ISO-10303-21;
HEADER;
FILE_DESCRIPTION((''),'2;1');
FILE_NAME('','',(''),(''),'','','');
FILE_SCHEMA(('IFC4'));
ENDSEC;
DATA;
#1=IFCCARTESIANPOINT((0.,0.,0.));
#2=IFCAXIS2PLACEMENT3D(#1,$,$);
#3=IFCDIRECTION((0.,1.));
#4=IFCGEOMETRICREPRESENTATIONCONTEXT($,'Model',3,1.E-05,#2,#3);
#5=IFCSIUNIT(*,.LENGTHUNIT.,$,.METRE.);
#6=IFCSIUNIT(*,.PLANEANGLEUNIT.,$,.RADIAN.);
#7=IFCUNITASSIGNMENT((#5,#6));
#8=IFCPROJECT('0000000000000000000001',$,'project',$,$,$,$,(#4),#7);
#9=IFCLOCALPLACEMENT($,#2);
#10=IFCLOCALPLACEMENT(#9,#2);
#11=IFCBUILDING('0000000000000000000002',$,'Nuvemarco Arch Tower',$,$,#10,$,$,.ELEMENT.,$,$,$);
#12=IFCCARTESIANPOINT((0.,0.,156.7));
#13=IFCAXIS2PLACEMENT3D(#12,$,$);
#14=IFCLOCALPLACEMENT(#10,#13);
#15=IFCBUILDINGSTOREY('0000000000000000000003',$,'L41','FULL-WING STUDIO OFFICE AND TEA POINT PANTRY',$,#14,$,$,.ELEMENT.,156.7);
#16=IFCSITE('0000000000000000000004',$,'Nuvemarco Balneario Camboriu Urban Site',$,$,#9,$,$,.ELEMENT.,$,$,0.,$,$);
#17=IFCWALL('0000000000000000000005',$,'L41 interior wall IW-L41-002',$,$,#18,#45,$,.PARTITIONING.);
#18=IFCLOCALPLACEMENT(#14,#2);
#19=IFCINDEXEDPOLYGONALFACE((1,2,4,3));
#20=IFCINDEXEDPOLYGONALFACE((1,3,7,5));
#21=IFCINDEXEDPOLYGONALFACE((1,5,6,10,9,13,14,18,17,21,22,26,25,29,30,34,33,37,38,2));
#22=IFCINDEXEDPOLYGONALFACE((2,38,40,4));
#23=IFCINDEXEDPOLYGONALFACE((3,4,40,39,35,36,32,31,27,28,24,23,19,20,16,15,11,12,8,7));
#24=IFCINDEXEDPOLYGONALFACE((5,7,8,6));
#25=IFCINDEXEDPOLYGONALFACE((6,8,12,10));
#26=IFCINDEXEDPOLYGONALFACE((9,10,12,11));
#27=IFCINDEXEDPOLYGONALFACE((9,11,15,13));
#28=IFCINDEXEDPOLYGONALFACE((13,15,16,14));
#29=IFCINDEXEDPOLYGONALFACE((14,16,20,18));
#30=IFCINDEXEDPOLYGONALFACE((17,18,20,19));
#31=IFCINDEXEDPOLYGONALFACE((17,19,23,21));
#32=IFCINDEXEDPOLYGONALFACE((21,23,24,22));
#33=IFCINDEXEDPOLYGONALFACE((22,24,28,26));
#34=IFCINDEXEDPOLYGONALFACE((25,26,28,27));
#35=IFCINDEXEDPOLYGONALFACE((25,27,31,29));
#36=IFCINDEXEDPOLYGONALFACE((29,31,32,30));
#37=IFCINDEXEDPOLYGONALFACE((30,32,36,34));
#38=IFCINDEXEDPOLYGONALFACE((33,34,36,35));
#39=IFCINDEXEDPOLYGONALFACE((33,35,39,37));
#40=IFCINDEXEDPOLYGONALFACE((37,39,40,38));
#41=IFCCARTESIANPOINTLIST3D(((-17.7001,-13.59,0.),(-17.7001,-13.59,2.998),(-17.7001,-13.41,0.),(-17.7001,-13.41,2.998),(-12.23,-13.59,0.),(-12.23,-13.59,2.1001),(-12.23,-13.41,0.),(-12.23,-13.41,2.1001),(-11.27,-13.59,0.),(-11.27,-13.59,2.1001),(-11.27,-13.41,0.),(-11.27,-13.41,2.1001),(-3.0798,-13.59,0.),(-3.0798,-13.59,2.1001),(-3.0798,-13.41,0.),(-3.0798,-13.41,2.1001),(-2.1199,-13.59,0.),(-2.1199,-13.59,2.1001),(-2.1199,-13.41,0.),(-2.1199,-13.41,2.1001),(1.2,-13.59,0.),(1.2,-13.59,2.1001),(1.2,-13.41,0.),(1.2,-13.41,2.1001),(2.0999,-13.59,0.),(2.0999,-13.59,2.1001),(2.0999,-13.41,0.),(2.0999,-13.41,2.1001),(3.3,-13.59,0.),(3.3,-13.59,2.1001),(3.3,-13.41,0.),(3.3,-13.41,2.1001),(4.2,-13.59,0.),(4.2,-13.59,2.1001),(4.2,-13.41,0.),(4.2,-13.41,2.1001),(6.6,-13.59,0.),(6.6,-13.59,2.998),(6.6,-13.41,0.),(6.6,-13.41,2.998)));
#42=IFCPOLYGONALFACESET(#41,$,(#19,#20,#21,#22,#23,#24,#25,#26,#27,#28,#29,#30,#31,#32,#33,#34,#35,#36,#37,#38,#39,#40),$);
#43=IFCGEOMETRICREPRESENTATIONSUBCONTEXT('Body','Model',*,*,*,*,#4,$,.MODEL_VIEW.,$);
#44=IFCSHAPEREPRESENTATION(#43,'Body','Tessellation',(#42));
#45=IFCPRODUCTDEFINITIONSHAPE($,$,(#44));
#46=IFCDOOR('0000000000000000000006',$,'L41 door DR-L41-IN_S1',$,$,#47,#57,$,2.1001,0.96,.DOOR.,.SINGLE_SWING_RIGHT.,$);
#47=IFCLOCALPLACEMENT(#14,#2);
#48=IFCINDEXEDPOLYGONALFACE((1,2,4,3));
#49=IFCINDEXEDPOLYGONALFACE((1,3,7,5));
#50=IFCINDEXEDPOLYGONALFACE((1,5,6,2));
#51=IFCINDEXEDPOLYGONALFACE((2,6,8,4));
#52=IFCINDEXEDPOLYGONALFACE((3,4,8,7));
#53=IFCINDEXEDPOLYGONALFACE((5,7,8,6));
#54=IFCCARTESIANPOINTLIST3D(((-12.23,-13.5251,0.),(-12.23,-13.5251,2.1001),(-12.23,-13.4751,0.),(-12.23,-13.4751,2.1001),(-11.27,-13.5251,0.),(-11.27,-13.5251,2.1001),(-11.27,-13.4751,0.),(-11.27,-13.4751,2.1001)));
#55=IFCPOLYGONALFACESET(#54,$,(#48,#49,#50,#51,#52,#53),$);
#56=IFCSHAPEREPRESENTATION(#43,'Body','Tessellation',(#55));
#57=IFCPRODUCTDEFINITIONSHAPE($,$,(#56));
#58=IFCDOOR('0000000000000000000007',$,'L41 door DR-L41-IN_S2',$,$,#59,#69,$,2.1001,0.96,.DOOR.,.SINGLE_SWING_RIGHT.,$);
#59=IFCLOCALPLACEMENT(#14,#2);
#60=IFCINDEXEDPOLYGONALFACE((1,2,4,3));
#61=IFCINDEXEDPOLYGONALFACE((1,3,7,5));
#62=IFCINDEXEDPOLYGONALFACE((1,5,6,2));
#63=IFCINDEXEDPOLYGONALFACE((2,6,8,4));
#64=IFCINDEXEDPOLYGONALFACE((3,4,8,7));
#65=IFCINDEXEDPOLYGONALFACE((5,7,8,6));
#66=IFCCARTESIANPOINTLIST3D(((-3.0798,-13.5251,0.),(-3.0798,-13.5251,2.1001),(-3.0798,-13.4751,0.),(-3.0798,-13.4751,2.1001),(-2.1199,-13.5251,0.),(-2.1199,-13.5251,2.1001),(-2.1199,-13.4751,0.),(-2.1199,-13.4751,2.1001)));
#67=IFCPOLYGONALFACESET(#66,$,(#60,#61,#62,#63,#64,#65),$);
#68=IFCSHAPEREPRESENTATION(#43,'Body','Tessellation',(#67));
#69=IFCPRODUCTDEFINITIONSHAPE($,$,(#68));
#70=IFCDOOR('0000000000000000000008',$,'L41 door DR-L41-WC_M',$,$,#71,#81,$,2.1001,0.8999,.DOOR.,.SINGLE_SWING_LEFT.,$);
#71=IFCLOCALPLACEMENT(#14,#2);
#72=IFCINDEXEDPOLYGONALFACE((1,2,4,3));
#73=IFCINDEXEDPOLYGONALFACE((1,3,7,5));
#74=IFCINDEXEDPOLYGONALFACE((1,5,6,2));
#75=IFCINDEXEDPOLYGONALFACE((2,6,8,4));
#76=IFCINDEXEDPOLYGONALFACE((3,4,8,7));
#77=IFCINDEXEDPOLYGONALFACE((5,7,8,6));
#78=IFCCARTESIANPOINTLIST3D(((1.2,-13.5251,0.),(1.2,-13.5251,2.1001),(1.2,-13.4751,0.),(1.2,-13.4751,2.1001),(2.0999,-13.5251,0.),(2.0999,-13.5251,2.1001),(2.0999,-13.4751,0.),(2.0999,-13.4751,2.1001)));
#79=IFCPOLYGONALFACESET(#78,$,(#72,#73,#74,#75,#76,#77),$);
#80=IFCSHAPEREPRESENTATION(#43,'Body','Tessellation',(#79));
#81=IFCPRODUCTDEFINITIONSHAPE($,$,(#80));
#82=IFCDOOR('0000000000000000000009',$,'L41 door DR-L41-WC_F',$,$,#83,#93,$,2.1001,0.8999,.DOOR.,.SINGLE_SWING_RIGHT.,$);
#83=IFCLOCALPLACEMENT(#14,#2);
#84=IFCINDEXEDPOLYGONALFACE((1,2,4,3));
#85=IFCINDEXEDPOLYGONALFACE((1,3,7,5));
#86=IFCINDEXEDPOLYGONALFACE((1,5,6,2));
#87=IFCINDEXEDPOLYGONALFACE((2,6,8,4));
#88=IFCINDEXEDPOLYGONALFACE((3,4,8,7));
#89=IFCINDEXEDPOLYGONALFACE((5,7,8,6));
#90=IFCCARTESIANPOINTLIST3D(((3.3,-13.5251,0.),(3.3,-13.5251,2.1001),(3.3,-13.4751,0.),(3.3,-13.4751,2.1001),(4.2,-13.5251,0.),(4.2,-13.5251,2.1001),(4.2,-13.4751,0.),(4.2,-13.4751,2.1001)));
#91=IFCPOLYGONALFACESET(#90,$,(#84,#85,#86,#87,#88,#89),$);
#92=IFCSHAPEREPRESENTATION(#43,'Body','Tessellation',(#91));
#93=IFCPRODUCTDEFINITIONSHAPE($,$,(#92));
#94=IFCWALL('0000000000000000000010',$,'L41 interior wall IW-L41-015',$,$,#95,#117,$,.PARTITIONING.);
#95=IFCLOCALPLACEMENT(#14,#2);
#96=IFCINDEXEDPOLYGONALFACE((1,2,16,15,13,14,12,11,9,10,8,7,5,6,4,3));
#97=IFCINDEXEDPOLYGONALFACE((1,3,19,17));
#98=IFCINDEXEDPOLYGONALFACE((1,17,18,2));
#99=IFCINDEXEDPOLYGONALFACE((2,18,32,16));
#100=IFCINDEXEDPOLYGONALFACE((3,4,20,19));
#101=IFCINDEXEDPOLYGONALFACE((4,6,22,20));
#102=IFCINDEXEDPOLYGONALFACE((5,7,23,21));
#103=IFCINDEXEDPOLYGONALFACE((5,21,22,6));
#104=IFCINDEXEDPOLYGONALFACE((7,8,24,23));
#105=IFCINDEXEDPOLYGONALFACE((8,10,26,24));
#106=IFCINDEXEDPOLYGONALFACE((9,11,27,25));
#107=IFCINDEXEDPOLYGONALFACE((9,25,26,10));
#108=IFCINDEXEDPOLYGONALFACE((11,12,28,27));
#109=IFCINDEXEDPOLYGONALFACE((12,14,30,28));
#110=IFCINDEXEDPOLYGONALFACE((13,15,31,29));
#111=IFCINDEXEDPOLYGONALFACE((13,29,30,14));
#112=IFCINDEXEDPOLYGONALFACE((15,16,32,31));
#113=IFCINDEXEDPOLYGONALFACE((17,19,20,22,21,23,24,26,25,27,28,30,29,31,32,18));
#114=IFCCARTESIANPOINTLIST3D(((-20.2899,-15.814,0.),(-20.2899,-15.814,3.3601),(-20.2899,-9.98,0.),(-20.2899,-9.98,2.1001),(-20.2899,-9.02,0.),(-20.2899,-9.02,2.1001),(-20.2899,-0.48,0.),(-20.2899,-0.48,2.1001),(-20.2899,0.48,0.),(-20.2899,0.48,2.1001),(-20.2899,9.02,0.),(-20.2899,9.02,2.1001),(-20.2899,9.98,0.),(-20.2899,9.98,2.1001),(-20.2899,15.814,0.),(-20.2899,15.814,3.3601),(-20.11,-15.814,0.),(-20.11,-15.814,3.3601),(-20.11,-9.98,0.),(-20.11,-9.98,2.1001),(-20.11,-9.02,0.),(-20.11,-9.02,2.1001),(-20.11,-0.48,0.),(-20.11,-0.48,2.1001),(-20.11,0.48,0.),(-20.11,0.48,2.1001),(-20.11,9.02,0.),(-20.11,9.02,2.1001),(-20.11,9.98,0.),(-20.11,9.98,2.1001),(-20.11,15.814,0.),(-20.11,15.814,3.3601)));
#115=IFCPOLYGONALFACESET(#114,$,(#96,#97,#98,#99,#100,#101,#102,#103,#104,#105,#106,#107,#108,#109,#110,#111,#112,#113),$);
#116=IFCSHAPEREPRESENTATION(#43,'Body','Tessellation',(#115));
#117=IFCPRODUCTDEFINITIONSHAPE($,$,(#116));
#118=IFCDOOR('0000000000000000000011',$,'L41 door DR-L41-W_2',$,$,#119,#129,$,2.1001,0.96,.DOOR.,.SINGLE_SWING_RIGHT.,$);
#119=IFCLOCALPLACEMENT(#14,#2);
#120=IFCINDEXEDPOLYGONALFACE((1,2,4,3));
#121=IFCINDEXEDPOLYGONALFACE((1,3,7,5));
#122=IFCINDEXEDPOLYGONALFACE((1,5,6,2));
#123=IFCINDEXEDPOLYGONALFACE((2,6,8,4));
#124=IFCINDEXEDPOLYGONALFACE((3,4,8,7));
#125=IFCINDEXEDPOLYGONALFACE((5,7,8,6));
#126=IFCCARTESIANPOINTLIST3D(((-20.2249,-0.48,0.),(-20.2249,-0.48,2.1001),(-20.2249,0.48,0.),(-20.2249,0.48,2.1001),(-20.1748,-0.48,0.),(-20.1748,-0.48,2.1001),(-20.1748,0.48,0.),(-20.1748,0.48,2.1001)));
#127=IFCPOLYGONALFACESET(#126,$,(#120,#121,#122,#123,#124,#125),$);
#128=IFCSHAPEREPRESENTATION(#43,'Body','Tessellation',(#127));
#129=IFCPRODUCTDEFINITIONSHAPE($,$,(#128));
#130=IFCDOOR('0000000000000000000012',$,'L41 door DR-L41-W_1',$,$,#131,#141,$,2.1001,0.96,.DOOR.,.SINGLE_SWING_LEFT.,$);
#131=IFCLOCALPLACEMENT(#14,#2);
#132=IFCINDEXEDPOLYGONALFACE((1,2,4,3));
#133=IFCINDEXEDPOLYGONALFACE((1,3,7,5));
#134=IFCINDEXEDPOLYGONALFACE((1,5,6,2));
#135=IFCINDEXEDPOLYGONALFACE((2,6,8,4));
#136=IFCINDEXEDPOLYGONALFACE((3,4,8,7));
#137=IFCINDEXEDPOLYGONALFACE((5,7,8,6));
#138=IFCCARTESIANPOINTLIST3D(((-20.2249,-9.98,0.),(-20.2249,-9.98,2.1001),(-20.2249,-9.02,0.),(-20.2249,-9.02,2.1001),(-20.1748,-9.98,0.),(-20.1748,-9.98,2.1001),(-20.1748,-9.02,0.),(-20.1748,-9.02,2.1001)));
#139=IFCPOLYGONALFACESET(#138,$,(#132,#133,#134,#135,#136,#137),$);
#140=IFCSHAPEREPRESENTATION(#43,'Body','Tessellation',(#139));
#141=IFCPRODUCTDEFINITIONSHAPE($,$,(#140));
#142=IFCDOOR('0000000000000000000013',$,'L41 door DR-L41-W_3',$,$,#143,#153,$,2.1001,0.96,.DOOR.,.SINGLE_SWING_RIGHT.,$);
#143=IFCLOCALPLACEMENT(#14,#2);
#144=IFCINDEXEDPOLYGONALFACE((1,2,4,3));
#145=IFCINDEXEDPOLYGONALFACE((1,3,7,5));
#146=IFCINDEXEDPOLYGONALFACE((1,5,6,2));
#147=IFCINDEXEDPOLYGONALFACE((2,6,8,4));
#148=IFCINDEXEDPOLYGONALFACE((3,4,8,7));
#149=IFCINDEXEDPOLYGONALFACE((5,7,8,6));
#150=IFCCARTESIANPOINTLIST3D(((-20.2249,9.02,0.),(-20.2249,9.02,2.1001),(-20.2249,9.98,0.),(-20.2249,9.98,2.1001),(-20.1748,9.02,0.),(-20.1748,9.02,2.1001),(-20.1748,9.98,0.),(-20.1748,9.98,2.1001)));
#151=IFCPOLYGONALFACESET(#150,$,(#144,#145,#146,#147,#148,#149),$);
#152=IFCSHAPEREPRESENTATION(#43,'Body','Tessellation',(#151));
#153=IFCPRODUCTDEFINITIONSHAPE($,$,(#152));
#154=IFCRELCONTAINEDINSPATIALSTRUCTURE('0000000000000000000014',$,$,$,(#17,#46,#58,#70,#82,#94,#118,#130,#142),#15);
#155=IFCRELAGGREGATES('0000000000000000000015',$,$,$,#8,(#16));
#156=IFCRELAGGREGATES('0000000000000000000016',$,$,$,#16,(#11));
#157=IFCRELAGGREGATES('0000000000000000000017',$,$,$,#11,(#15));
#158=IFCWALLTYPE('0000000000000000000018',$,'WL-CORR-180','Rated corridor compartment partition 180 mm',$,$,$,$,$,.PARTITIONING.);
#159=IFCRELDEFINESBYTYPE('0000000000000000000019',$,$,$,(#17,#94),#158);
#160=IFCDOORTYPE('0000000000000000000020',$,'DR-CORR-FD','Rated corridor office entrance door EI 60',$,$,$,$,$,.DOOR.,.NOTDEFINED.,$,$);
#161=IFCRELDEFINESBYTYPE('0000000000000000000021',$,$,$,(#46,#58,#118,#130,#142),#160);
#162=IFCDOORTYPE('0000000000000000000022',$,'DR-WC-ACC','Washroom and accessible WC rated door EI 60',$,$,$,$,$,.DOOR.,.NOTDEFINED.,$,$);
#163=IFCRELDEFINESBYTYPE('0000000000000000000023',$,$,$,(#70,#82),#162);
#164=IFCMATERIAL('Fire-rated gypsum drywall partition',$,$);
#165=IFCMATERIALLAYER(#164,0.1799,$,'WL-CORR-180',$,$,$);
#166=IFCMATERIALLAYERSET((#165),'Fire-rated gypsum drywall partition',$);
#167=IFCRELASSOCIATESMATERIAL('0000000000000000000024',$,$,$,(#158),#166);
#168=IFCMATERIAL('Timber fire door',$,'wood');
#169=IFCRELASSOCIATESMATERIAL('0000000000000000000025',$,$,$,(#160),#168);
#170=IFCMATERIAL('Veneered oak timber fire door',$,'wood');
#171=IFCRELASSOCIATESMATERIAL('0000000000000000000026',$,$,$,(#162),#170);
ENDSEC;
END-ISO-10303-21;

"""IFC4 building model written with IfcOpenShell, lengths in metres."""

from ifc_helpers import new_model, si_unit, direction, frame, frame_2d, origin, place, context, subcontext, project, spatial, rectangle, extrude, source, transform, mapped, material, layer, layer_set, type_object, type_shapes, element, fill, save


model = new_model("IFC4")

# Units and contexts
model_context = context("Model", 3, precision=1e-05, world=origin(), true_north=direction((0.0, 1.0)))
body_context = subcontext(model_context, "Body", "Model", "MODEL_VIEW")
ifc_project = project(units=[si_unit("LENGTHUNIT", "METRE"), si_unit("PLANEANGLEUNIT", "RADIAN")], contexts=[model_context])

# Site, building, storey
site_placement = place(None, origin())
site = spatial("IfcSite", under=ifc_project, at=site_placement, Name="Nuvemarco Balneario Camboriu Urban Site", CompositionType="ELEMENT", RefElevation=0.0)
building_placement = place(site_placement, origin())
building = spatial("IfcBuilding", under=site, at=building_placement, Name="Nuvemarco Arch Tower", CompositionType="ELEMENT")
storey_placement = place(building_placement, frame((0.0, 0.0, 156.7)))
storey = spatial("IfcBuildingStorey", under=building, at=storey_placement, Name="L41", Description="FULL-WING STUDIO OFFICE AND TEA POINT PANTRY", CompositionType="ELEMENT", Elevation=156.7)

# Walls, openings, doors
ifc_material_1 = material(Name="Fire-rated gypsum drywall partition")
ifc_layer = layer(ifc_material_1, 0.1799, Name="WL-CORR-180")
ifc_layer_set = layer_set([ifc_layer], Name="Fire-rated gypsum drywall partition")
wall_type = type_object("IfcWallType", Name="WL-CORR-180", Description="Rated corridor compartment partition 180 mm", PredefinedType="PARTITIONING", material=ifc_layer_set)
ifc_material_2 = material(Name="Timber fire door", Category="wood")
door_type_1 = type_object("IfcDoorType", Name="DR-CORR-FD", Description="Rated corridor office entrance door EI 60", OperationType="NOTDEFINED", PredefinedType="DOOR", material=ifc_material_2)
shared_shape_1 = source(origin(), body_context, "Body", "SweptSolid", [
    extrude(rectangle(XDim=0.96, YDim=2.1001, at=frame_2d((0.48, 1.05))), frame((0.0, 0.0249, 0.0), z_axis=(0.0, -1.0, 0.0), x_axis=(1.0, 0.0, 0.0)), (0.0, 0.0, 1.0), 0.05),
])
type_shapes(door_type_1, [shared_shape_1])
wall_1_placement = place(storey_placement, frame((-17.7, -13.5, 0.0), z_axis=(0.0, 0.0, 1.0), x_axis=(1.0, 0.0, 0.0)))
wall_1 = element("IfcWall", 1, at=wall_1_placement, inside=storey, type_object=wall_type, Name="L41 interior wall IW-L41-002", PredefinedType="PARTITIONING", context=body_context, shape_type="SweptSolid", body=[
    extrude(rectangle(XDim=24.3, YDim=0.1799, at=frame_2d((12.1499, 0.0))), origin(), (0.0, 0.0, 1.0), 2.998),
])
opening_1_placement = place(wall_1_placement, frame((5.47, 0.0, 0.0)))
opening_1 = element("IfcOpeningElement", 2, at=opening_1_placement, cuts=wall_1, PredefinedType="OPENING", context=body_context, shape_type="SweptSolid", body=[
    extrude(rectangle(XDim=0.96, YDim=2.1001, at=frame_2d((0.48, 1.05))), frame((0.0, 0.0999, 0.0), z_axis=(0.0, -1.0, 0.0), x_axis=(1.0, 0.0, 0.0)), (0.0, 0.0, 1.0), 0.2),
])
opening_2_placement = place(wall_1_placement, frame((14.6201, 0.0, 0.0)))
opening_2 = element("IfcOpeningElement", 3, at=opening_2_placement, cuts=wall_1, PredefinedType="OPENING", context=body_context, shape_type="SweptSolid", body=[
    extrude(rectangle(XDim=0.96, YDim=2.1001, at=frame_2d((0.48, 1.05))), frame((0.0, 0.0999, 0.0), z_axis=(0.0, -1.0, 0.0), x_axis=(1.0, 0.0, 0.0)), (0.0, 0.0, 1.0), 0.2),
])
opening_3_placement = place(wall_1_placement, frame((18.8999, 0.0, 0.0)))
opening_3 = element("IfcOpeningElement", 4, at=opening_3_placement, cuts=wall_1, PredefinedType="OPENING", context=body_context, shape_type="SweptSolid", body=[
    extrude(rectangle(XDim=0.8999, YDim=2.1001, at=frame_2d((0.45, 1.05))), frame((0.0, 0.0999, 0.0), z_axis=(0.0, -1.0, 0.0), x_axis=(1.0, 0.0, 0.0)), (0.0, 0.0, 1.0), 0.2),
])
opening_4_placement = place(wall_1_placement, frame((21.0, 0.0, 0.0)))
opening_4 = element("IfcOpeningElement", 5, at=opening_4_placement, cuts=wall_1, PredefinedType="OPENING", context=body_context, shape_type="SweptSolid", body=[
    extrude(rectangle(XDim=0.8999, YDim=2.1001, at=frame_2d((0.45, 1.05))), frame((0.0, 0.0999, 0.0), z_axis=(0.0, -1.0, 0.0), x_axis=(1.0, 0.0, 0.0)), (0.0, 0.0, 1.0), 0.2),
])
door_1_placement = place(opening_1_placement, origin())
door_1 = element("IfcDoor", 6, at=door_1_placement, inside=storey, type_object=door_type_1, Name="L41 door DR-L41-IN_S1", OperationType="SINGLE_SWING_RIGHT", OverallHeight=2.1001, OverallWidth=0.96, PredefinedType="DOOR", context=body_context, shape_type="MappedRepresentation", body=[
    mapped(shared_shape_1, transform((0.0, 0.0, 0.0), scale=1.0)),
])
fill(opening_1, door_1)
door_2_placement = place(opening_2_placement, origin())
door_2 = element("IfcDoor", 7, at=door_2_placement, inside=storey, type_object=door_type_1, Name="L41 door DR-L41-IN_S2", OperationType="SINGLE_SWING_RIGHT", OverallHeight=2.1001, OverallWidth=0.96, PredefinedType="DOOR", context=body_context, shape_type="MappedRepresentation", body=[
    mapped(shared_shape_1, transform((0.0, 0.0, 0.0), scale=1.0)),
])
fill(opening_2, door_2)
ifc_material_3 = material(Name="Veneered oak timber fire door", Category="wood")
door_type_2 = type_object("IfcDoorType", Name="DR-WC-ACC", Description="Washroom and accessible WC rated door EI 60", OperationType="NOTDEFINED", PredefinedType="DOOR", material=ifc_material_3)
shared_shape_2 = source(origin(), body_context, "Body", "SweptSolid", [
    extrude(rectangle(XDim=0.8999, YDim=2.1001, at=frame_2d((0.45, 1.05))), frame((0.0, 0.0249, 0.0), z_axis=(0.0, -1.0, 0.0), x_axis=(1.0, 0.0, 0.0)), (0.0, 0.0, 1.0), 0.05),
])
type_shapes(door_type_2, [shared_shape_2])
door_3_placement = place(opening_3_placement, origin())
door_3 = element("IfcDoor", 8, at=door_3_placement, inside=storey, type_object=door_type_2, Name="L41 door DR-L41-WC_M", OperationType="SINGLE_SWING_LEFT", OverallHeight=2.1001, OverallWidth=0.8999, PredefinedType="DOOR", context=body_context, shape_type="MappedRepresentation", body=[
    mapped(shared_shape_2, transform((0.0, 0.0, 0.0), scale=1.0)),
])
fill(opening_3, door_3)
door_4_placement = place(opening_4_placement, origin())
door_4 = element("IfcDoor", 9, at=door_4_placement, inside=storey, type_object=door_type_2, Name="L41 door DR-L41-WC_F", OperationType="SINGLE_SWING_RIGHT", OverallHeight=2.1001, OverallWidth=0.8999, PredefinedType="DOOR", context=body_context, shape_type="MappedRepresentation", body=[
    mapped(shared_shape_2, transform((0.0, 0.0, 0.0), scale=1.0)),
])
fill(opening_4, door_4)
wall_2_placement = place(storey_placement, frame((-20.2, -15.814, 0.0), z_axis=(0.0, 0.0, 1.0), x_axis=(0.0, 1.0, 0.0)))
wall_2 = element("IfcWall", 10, at=wall_2_placement, inside=storey, type_object=wall_type, Name="L41 interior wall IW-L41-015", PredefinedType="PARTITIONING", context=body_context, shape_type="SweptSolid", body=[
    extrude(rectangle(XDim=31.6279, YDim=0.1799, at=frame_2d((15.814, 0.0))), origin(), (0.0, 0.0, 1.0), 3.3601),
])
opening_5_placement = place(wall_2_placement, frame((15.334, 0.0, 0.0)))
opening_5 = element("IfcOpeningElement", 11, at=opening_5_placement, cuts=wall_2, PredefinedType="OPENING", context=body_context, shape_type="SweptSolid", body=[
    extrude(rectangle(XDim=0.96, YDim=2.1001, at=frame_2d((0.48, 1.05))), frame((0.0, 0.0999, 0.0), z_axis=(0.0, -1.0, 0.0), x_axis=(1.0, 0.0, 0.0)), (0.0, 0.0, 1.0), 0.2),
])
opening_6_placement = place(wall_2_placement, frame((5.834, 0.0, 0.0)))
opening_6 = element("IfcOpeningElement", 12, at=opening_6_placement, cuts=wall_2, PredefinedType="OPENING", context=body_context, shape_type="SweptSolid", body=[
    extrude(rectangle(XDim=0.96, YDim=2.1001, at=frame_2d((0.48, 1.05))), frame((0.0, 0.0999, 0.0), z_axis=(0.0, -1.0, 0.0), x_axis=(1.0, 0.0, 0.0)), (0.0, 0.0, 1.0), 0.2),
])
opening_7_placement = place(wall_2_placement, frame((24.834, 0.0, 0.0)))
opening_7 = element("IfcOpeningElement", 13, at=opening_7_placement, cuts=wall_2, PredefinedType="OPENING", context=body_context, shape_type="SweptSolid", body=[
    extrude(rectangle(XDim=0.96, YDim=2.1001, at=frame_2d((0.48, 1.05))), frame((0.0, 0.0999, 0.0), z_axis=(0.0, -1.0, 0.0), x_axis=(1.0, 0.0, 0.0)), (0.0, 0.0, 1.0), 0.2),
])
door_5_placement = place(opening_5_placement, origin())
door_5 = element("IfcDoor", 14, at=door_5_placement, inside=storey, type_object=door_type_1, Name="L41 door DR-L41-W_2", OperationType="SINGLE_SWING_RIGHT", OverallHeight=2.1001, OverallWidth=0.96, PredefinedType="DOOR", context=body_context, shape_type="MappedRepresentation", body=[
    mapped(shared_shape_1, transform((0.0, 0.0, 0.0), scale=1.0)),
])
fill(opening_5, door_5)
door_6_placement = place(opening_6_placement, origin())
door_6 = element("IfcDoor", 15, at=door_6_placement, inside=storey, type_object=door_type_1, Name="L41 door DR-L41-W_1", OperationType="SINGLE_SWING_LEFT", OverallHeight=2.1001, OverallWidth=0.96, PredefinedType="DOOR", context=body_context, shape_type="MappedRepresentation", body=[
    mapped(shared_shape_1, transform((0.0, 0.0, 0.0), scale=1.0)),
])
fill(opening_6, door_6)
door_7_placement = place(opening_7_placement, origin())
door_7 = element("IfcDoor", 16, at=door_7_placement, inside=storey, type_object=door_type_1, Name="L41 door DR-L41-W_3", OperationType="SINGLE_SWING_RIGHT", OverallHeight=2.1001, OverallWidth=0.96, PredefinedType="DOOR", context=body_context, shape_type="MappedRepresentation", body=[
    mapped(shared_shape_1, transform((0.0, 0.0, 0.0), scale=1.0)),
])
fill(opening_7, door_7)

save(model, "model.ifc")
